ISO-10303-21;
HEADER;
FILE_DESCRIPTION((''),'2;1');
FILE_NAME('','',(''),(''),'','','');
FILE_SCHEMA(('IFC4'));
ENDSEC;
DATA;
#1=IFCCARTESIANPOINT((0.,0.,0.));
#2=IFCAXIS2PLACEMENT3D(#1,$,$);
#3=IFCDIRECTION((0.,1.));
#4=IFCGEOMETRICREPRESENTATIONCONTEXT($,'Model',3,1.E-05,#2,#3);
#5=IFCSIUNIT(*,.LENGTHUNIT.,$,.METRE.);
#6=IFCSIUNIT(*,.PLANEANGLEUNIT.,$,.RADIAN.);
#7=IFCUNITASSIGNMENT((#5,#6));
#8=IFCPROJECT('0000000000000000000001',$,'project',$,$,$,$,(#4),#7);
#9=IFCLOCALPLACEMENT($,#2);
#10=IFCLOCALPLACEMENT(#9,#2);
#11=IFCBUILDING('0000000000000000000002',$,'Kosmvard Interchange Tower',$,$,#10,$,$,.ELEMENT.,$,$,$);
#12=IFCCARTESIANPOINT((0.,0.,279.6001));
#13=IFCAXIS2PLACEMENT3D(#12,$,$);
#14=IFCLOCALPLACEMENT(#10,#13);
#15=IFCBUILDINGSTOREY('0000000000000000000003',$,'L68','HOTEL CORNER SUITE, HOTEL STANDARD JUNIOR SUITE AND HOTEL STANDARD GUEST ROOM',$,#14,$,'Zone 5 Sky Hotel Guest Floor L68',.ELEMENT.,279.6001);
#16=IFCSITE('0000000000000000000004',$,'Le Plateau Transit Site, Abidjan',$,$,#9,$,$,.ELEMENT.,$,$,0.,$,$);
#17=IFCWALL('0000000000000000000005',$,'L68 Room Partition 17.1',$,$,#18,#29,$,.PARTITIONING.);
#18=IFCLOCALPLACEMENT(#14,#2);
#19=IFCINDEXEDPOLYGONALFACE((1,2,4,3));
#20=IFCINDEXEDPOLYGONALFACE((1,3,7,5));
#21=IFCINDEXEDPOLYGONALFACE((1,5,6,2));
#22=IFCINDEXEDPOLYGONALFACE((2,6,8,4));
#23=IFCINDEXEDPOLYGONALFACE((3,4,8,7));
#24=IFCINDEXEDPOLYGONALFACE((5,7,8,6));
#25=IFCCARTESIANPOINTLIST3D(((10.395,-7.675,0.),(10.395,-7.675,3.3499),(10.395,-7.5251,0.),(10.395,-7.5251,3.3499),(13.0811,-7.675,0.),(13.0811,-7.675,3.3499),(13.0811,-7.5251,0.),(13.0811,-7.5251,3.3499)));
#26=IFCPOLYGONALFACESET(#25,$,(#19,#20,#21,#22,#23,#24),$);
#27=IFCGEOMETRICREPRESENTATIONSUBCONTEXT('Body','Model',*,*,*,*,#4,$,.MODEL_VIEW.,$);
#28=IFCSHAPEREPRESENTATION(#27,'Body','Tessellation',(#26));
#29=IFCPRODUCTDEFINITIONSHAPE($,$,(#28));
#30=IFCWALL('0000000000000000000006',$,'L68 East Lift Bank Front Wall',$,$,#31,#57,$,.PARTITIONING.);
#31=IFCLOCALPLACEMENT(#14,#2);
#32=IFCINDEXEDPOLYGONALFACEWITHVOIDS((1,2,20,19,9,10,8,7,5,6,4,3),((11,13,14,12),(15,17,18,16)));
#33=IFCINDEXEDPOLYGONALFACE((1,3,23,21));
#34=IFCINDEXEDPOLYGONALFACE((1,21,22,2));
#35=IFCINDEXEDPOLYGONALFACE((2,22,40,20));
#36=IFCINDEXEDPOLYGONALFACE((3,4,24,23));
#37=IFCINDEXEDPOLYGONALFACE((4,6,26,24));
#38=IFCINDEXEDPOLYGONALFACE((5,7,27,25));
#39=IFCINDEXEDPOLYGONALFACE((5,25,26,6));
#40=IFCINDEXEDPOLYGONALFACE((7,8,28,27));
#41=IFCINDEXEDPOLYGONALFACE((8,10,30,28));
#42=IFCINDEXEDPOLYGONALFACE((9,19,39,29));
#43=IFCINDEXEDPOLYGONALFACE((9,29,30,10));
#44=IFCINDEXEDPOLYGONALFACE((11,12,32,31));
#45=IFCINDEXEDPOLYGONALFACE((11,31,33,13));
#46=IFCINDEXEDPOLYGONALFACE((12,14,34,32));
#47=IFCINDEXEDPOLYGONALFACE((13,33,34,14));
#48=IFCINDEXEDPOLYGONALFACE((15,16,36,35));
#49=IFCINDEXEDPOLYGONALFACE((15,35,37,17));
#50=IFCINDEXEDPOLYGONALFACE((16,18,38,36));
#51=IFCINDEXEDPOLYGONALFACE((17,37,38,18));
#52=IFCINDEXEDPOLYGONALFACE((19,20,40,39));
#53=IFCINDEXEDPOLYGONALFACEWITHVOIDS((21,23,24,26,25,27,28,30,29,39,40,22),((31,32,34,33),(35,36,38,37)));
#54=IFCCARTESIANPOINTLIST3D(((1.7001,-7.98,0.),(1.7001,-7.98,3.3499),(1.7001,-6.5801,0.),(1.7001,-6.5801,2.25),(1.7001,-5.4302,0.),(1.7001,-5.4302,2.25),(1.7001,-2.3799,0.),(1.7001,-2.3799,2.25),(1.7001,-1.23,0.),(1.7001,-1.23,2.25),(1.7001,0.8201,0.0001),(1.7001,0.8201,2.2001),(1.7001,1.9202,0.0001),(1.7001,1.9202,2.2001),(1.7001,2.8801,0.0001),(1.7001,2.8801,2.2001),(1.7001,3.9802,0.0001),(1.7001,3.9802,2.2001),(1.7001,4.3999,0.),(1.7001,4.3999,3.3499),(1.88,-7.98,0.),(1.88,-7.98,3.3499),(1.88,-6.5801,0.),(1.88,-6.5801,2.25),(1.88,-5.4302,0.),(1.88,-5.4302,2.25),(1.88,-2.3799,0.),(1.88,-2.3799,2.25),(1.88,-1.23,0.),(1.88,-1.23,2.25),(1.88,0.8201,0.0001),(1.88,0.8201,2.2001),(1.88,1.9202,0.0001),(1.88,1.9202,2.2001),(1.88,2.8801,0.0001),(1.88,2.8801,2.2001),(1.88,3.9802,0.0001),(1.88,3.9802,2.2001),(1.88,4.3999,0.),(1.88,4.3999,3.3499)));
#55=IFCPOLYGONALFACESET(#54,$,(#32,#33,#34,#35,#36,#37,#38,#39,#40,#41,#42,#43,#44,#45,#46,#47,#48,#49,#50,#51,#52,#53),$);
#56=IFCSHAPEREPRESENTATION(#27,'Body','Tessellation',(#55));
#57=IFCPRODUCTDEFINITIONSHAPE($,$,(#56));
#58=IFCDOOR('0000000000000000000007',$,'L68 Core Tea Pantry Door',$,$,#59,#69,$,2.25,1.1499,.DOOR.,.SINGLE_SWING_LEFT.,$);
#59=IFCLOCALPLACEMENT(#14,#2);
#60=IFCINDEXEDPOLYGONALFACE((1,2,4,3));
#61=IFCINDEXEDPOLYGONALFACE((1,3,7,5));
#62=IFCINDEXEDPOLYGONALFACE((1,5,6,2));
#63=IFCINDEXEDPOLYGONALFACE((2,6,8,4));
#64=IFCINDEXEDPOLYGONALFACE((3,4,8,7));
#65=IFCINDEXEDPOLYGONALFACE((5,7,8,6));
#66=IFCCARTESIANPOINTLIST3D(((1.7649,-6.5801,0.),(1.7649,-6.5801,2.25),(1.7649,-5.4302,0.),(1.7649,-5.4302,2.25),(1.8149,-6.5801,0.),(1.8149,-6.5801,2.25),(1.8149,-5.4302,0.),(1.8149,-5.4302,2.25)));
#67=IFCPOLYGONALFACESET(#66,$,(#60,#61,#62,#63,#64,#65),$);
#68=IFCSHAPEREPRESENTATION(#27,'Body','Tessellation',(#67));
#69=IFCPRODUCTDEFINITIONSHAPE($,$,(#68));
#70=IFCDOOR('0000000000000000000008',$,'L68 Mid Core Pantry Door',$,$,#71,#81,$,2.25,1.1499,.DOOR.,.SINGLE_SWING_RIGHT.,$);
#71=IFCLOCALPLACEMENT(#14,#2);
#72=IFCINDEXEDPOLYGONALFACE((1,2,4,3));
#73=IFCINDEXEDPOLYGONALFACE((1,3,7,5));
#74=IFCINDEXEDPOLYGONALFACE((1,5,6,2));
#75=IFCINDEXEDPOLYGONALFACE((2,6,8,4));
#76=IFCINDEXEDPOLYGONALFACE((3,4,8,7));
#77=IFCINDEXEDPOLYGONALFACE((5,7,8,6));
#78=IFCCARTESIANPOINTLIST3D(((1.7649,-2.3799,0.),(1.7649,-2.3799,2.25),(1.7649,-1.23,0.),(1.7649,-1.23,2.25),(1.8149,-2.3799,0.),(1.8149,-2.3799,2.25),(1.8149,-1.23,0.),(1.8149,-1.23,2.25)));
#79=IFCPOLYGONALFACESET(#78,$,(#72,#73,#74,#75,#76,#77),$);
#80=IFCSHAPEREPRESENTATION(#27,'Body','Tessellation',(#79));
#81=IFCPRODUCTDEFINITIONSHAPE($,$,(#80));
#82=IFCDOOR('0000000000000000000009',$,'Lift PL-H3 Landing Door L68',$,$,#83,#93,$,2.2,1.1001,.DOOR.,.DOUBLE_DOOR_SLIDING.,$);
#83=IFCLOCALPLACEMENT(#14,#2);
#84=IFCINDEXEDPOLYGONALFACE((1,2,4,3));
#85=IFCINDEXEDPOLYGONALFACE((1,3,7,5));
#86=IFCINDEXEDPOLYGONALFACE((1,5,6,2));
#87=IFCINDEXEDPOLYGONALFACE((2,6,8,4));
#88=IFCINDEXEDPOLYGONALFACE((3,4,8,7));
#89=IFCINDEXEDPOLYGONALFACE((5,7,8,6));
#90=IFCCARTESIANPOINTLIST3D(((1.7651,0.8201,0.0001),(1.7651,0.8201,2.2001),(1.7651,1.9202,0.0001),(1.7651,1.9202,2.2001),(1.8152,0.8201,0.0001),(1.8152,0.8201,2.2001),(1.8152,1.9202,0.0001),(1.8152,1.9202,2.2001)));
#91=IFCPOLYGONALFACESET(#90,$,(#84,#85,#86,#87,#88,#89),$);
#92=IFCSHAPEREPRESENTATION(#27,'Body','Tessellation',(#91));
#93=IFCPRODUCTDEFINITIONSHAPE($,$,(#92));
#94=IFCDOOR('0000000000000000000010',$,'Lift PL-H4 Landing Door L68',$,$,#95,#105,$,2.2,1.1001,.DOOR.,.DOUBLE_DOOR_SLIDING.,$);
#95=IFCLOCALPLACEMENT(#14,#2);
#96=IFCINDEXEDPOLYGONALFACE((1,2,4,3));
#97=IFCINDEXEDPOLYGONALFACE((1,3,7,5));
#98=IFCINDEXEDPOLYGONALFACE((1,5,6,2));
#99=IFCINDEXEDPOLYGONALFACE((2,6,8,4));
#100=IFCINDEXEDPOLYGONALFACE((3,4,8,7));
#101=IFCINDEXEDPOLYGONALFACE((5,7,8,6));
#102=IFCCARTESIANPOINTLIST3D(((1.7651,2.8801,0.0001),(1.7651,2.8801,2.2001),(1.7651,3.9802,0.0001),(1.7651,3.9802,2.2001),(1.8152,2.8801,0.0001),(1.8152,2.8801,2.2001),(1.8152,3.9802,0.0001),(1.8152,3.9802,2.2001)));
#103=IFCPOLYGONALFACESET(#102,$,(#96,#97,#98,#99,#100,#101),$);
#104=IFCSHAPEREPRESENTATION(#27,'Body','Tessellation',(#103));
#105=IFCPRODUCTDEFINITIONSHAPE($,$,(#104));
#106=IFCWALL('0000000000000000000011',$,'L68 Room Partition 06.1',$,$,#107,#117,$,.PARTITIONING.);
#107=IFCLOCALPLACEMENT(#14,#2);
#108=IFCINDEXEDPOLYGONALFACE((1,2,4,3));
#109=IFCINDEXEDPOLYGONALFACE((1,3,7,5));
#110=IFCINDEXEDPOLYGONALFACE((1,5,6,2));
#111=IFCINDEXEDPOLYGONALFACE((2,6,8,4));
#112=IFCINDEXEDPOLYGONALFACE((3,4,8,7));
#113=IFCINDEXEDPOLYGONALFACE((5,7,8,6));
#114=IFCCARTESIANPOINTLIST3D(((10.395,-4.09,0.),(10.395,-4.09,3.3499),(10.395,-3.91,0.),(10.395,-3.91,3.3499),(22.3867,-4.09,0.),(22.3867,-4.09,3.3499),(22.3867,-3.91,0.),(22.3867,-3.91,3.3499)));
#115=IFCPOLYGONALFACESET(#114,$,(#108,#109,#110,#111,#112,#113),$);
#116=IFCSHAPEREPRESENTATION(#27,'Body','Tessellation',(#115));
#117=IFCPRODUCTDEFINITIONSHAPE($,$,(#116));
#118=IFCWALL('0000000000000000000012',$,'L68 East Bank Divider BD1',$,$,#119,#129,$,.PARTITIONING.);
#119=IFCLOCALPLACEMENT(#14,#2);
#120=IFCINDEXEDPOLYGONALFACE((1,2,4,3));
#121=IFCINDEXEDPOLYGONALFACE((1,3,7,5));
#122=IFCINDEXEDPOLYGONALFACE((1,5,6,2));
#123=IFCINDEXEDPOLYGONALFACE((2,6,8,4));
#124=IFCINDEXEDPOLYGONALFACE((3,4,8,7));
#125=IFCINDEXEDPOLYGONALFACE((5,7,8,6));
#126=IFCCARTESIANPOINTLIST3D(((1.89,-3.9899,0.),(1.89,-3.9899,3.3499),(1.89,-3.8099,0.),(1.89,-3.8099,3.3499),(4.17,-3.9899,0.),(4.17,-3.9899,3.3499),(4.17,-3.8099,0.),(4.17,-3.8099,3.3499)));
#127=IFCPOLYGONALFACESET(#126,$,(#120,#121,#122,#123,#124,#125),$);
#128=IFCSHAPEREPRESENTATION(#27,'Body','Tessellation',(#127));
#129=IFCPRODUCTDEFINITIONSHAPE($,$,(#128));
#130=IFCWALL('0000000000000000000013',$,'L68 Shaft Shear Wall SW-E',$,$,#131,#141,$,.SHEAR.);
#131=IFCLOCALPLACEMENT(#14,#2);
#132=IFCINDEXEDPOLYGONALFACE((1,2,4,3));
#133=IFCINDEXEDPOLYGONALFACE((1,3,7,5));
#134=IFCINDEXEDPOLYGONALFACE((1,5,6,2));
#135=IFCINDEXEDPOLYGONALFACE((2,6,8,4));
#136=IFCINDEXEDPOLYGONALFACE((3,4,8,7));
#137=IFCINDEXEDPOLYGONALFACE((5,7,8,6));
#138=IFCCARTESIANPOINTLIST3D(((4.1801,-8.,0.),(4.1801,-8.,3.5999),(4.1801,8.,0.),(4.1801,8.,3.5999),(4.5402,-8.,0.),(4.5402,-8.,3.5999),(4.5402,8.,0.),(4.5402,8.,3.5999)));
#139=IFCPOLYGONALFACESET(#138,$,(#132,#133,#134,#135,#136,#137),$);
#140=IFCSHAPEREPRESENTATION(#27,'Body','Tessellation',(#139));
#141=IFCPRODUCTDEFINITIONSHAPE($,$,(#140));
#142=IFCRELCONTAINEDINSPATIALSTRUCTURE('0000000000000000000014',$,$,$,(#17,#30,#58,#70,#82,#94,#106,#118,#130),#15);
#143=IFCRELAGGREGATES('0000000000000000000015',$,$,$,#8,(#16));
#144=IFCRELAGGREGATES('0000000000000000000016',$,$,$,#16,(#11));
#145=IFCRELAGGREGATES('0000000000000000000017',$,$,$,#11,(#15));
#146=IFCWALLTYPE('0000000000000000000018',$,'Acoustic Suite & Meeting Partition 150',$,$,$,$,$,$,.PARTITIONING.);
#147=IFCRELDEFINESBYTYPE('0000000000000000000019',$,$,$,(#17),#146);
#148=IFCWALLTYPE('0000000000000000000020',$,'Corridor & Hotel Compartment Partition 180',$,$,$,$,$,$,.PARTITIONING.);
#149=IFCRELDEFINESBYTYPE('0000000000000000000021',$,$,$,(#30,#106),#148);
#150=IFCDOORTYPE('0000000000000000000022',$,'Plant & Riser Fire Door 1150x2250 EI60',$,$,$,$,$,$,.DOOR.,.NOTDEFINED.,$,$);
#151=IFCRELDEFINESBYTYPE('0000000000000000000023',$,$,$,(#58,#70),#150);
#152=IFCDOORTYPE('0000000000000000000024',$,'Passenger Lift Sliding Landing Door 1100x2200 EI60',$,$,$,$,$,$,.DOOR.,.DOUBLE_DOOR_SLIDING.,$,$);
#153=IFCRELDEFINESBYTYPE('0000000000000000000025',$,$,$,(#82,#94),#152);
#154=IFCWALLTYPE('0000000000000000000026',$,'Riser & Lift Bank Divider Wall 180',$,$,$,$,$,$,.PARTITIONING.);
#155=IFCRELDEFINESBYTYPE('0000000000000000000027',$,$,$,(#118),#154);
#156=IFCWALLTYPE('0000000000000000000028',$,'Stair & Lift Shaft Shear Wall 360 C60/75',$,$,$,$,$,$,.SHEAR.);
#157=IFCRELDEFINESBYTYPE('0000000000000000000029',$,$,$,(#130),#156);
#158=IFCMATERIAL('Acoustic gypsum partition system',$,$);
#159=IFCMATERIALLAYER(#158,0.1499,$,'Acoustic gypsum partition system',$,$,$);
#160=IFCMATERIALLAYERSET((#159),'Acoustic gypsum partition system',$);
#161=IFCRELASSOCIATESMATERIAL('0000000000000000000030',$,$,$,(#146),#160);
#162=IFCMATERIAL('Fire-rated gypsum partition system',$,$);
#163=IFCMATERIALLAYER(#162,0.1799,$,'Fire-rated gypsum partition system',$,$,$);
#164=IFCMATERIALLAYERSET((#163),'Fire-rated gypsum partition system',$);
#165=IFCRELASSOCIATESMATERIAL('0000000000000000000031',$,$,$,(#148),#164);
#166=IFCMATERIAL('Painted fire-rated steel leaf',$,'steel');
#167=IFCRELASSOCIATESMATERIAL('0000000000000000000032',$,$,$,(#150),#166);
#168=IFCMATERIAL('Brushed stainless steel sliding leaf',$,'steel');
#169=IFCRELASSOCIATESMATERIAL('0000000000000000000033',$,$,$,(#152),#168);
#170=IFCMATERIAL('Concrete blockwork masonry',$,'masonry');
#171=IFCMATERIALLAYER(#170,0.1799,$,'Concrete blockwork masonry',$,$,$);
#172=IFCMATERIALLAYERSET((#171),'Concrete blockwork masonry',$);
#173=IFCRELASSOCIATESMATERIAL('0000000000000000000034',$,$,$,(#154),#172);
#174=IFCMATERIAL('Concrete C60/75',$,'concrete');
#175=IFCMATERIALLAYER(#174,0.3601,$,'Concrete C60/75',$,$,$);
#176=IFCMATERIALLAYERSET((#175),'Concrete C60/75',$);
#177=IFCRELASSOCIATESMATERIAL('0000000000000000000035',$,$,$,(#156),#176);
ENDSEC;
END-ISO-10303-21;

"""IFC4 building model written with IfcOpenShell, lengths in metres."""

from ifc_helpers import new_model, si_unit, direction, frame, frame_2d, origin, place, context, subcontext, project, spatial, rectangle, extrude, source, transform, mapped, material, layer, layer_set, type_object, element, fill, save


model = new_model("IFC4")

# Units and contexts
model_context = context("Model", 3, precision=1e-05, world=origin(), true_north=direction((0.0, 1.0)))
body_context = subcontext(model_context, "Body", "Model", "MODEL_VIEW")
ifc_project = project(units=[si_unit("LENGTHUNIT", "METRE"), si_unit("PLANEANGLEUNIT", "RADIAN")], contexts=[model_context])

# Site, building, storey
site_placement = place(None, origin())
site = spatial("IfcSite", under=ifc_project, at=site_placement, Name="Le Plateau Transit Site, Abidjan", CompositionType="ELEMENT", RefElevation=0.0)
building_placement = place(site_placement, origin())
building = spatial("IfcBuilding", under=site, at=building_placement, Name="Kosmvard Interchange Tower", CompositionType="ELEMENT")
storey_placement = place(building_placement, frame((0.0, 0.0, 279.6001)))
storey = spatial("IfcBuildingStorey", under=building, at=storey_placement, Name="L68", Description="HOTEL CORNER SUITE, HOTEL STANDARD JUNIOR SUITE AND HOTEL STANDARD GUEST ROOM", LongName="Zone 5 Sky Hotel Guest Floor L68", CompositionType="ELEMENT", Elevation=279.6001)

# Wall
ifc_material_1 = material(Name="Acoustic gypsum partition system")
ifc_layer_1 = layer(ifc_material_1, 0.1499, Name="Acoustic gypsum partition system")
ifc_layer_set_1 = layer_set([ifc_layer_1], Name="Acoustic gypsum partition system")
wall_type_1 = type_object("IfcWallType", Name="Acoustic Suite & Meeting Partition 150", PredefinedType="PARTITIONING", material=ifc_layer_set_1)
wall_1_placement = place(storey_placement, frame((10.395, -7.6001, 0.0), z_axis=(0.0, 0.0, 1.0), x_axis=(1.0, 0.0, 0.0)))
element("IfcWall", 1, at=wall_1_placement, inside=storey, type_object=wall_type_1, Name="L68 Room Partition 17.1", PredefinedType="PARTITIONING", context=body_context, shape_type="SweptSolid", body=[
    extrude(rectangle(XDim=2.686, YDim=0.1499, at=frame_2d((1.343, 0.0))), origin(), (0.0, 0.0, 1.0), 3.3499),
])

# Wall, openings, doors
ifc_material_2 = material(Name="Fire-rated gypsum partition system")
ifc_layer_2 = layer(ifc_material_2, 0.1799, Name="Fire-rated gypsum partition system")
ifc_layer_set_2 = layer_set([ifc_layer_2], Name="Fire-rated gypsum partition system")
wall_type_2 = type_object("IfcWallType", Name="Corridor & Hotel Compartment Partition 180", PredefinedType="PARTITIONING", material=ifc_layer_set_2)
wall_2_placement = place(storey_placement, frame((1.79, -7.98, 0.0), z_axis=(0.0, 0.0, 1.0), x_axis=(0.0, 1.0, 0.0)))
wall_2 = element("IfcWall", 2, at=wall_2_placement, inside=storey, type_object=wall_type_2, Name="L68 East Lift Bank Front Wall", PredefinedType="PARTITIONING", context=body_context, shape_type="SweptSolid", body=[
    extrude(rectangle(XDim=12.3799, YDim=0.1799, at=frame_2d((6.1899, 0.0))), origin(), (0.0, 0.0, 1.0), 3.3499),
])
opening_1_placement = place(wall_2_placement, frame((8.8, 0.0, 0.0)))
opening_1 = element("IfcOpeningElement", 3, at=opening_1_placement, cuts=wall_2, PredefinedType="OPENING", context=body_context, shape_type="SweptSolid", body=[
    extrude(rectangle(XDim=1.1001, YDim=2.2, at=frame_2d((0.55, 1.1001))), frame((0.0, 0.1001, 0.0), z_axis=(0.0, -1.0, 0.0), x_axis=(1.0, 0.0, 0.0)), (0.0, 0.0, 1.0), 0.2),
])
opening_2_placement = place(wall_2_placement, frame((10.8601, 0.0, 0.0)))
opening_2 = element("IfcOpeningElement", 4, at=opening_2_placement, cuts=wall_2, PredefinedType="OPENING", context=body_context, shape_type="SweptSolid", body=[
    extrude(rectangle(XDim=1.1001, YDim=2.2, at=frame_2d((0.55, 1.1001))), frame((0.0, 0.1001, 0.0), z_axis=(0.0, -1.0, 0.0), x_axis=(1.0, 0.0, 0.0)), (0.0, 0.0, 1.0), 0.2),
])
opening_3_placement = place(wall_2_placement, frame((1.3999, 0.0, 0.0)))
opening_3 = element("IfcOpeningElement", 5, at=opening_3_placement, cuts=wall_2, PredefinedType="OPENING", context=body_context, shape_type="SweptSolid", body=[
    extrude(rectangle(XDim=1.1499, YDim=2.25, at=frame_2d((0.575, 1.125))), frame((0.0, 0.1001, 0.0), z_axis=(0.0, -1.0, 0.0), x_axis=(1.0, 0.0, 0.0)), (0.0, 0.0, 1.0), 0.2),
])
opening_4_placement = place(wall_2_placement, frame((5.6001, 0.0, 0.0)))
opening_4 = element("IfcOpeningElement", 6, at=opening_4_placement, cuts=wall_2, PredefinedType="OPENING", context=body_context, shape_type="SweptSolid", body=[
    extrude(rectangle(XDim=1.1499, YDim=2.25, at=frame_2d((0.575, 1.125))), frame((0.0, 0.1001, 0.0), z_axis=(0.0, -1.0, 0.0), x_axis=(1.0, 0.0, 0.0)), (0.0, 0.0, 1.0), 0.2),
])
ifc_material_3 = material(Name="Painted fire-rated steel leaf", Category="steel")
door_type_1 = type_object("IfcDoorType", Name="Plant & Riser Fire Door 1150x2250 EI60", OperationType="NOTDEFINED", PredefinedType="DOOR", material=ifc_material_3)
shared_shape_1 = source(origin(), body_context, "Body", "SweptSolid", [
    extrude(rectangle(XDim=1.1499, YDim=2.25, at=frame_2d((0.575, 1.125))), frame((0.0, 0.0249, 0.0), z_axis=(0.0, -1.0, 0.0), x_axis=(1.0, 0.0, 0.0)), (0.0, 0.0, 1.0), 0.05),
])
door_1_placement = place(opening_3_placement, frame((1.1499, 0.0, 0.0), z_axis=(0.0, 0.0, 1.0), x_axis=(-1.0, 0.0, 0.0)))
door_1 = element("IfcDoor", 7, at=door_1_placement, inside=storey, type_object=door_type_1, Name="L68 Core Tea Pantry Door", OperationType="SINGLE_SWING_LEFT", OverallHeight=2.25, OverallWidth=1.1499, PredefinedType="DOOR", context=body_context, shape_type="MappedRepresentation", body=[
    mapped(shared_shape_1, transform((0.0, 0.0, 0.0), scale=1.0)),
])
fill(opening_3, door_1)
door_2_placement = place(opening_4_placement, frame((1.1499, 0.0, 0.0), z_axis=(0.0, 0.0, 1.0), x_axis=(-1.0, 0.0, 0.0)))
door_2 = element("IfcDoor", 8, at=door_2_placement, inside=storey, type_object=door_type_1, Name="L68 Mid Core Pantry Door", OperationType="SINGLE_SWING_RIGHT", OverallHeight=2.25, OverallWidth=1.1499, PredefinedType="DOOR", context=body_context, shape_type="MappedRepresentation", body=[
    mapped(shared_shape_1, transform((0.0, 0.0, 0.0), scale=1.0)),
])
fill(opening_4, door_2)
ifc_material_4 = material(Name="Brushed stainless steel sliding leaf", Category="steel")
door_type_2 = type_object("IfcDoorType", Name="Passenger Lift Sliding Landing Door 1100x2200 EI60", OperationType="DOUBLE_DOOR_SLIDING", PredefinedType="DOOR", material=ifc_material_4)
shared_shape_2 = source(origin(), body_context, "Body", "SweptSolid", [
    extrude(rectangle(XDim=1.1001, YDim=2.2, at=frame_2d((0.55, 1.1001))), frame((0.0, 0.0249, 0.0), z_axis=(0.0, -1.0, 0.0), x_axis=(1.0, 0.0, 0.0)), (0.0, 0.0, 1.0), 0.05),
])
door_3_placement = place(opening_1_placement, origin())
door_3 = element("IfcDoor", 9, at=door_3_placement, inside=storey, type_object=door_type_2, Name="Lift PL-H3 Landing Door L68", OperationType="DOUBLE_DOOR_SLIDING", OverallHeight=2.2, OverallWidth=1.1001, PredefinedType="DOOR", context=body_context, shape_type="MappedRepresentation", body=[
    mapped(shared_shape_2, transform((0.0, 0.0, 0.0), scale=1.0)),
])
fill(opening_1, door_3)
door_4_placement = place(opening_2_placement, origin())
door_4 = element("IfcDoor", 10, at=door_4_placement, inside=storey, type_object=door_type_2, Name="Lift PL-H4 Landing Door L68", OperationType="DOUBLE_DOOR_SLIDING", OverallHeight=2.2, OverallWidth=1.1001, PredefinedType="DOOR", context=body_context, shape_type="MappedRepresentation", body=[
    mapped(shared_shape_2, transform((0.0, 0.0, 0.0), scale=1.0)),
])
fill(opening_2, door_4)

# Walls
wall_3_placement = place(storey_placement, frame((10.395, -4.0, 0.0), z_axis=(0.0, 0.0, 1.0), x_axis=(1.0, 0.0, 0.0)))
element("IfcWall", 11, at=wall_3_placement, inside=storey, type_object=wall_type_2, Name="L68 Room Partition 06.1", PredefinedType="PARTITIONING", context=body_context, shape_type="SweptSolid", body=[
    extrude(rectangle(XDim=11.9917, YDim=0.1799, at=frame_2d((5.9958, 0.0))), origin(), (0.0, 0.0, 1.0), 3.3499),
])
ifc_material_5 = material(Name="Concrete blockwork masonry", Category="masonry")
ifc_layer_3 = layer(ifc_material_5, 0.1799, Name="Concrete blockwork masonry")
ifc_layer_set_3 = layer_set([ifc_layer_3], Name="Concrete blockwork masonry")
wall_type_3 = type_object("IfcWallType", Name="Riser & Lift Bank Divider Wall 180", PredefinedType="PARTITIONING", material=ifc_layer_set_3)
wall_4_placement = place(storey_placement, frame((1.8899, -3.8999, 0.0), z_axis=(0.0, 0.0, 1.0), x_axis=(1.0, 0.0, 0.0)))
element("IfcWall", 12, at=wall_4_placement, inside=storey, type_object=wall_type_3, Name="L68 East Bank Divider BD1", PredefinedType="PARTITIONING", context=body_context, shape_type="SweptSolid", body=[
    extrude(rectangle(XDim=2.28, YDim=0.1799, at=frame_2d((1.1401, 0.0))), origin(), (0.0, 0.0, 1.0), 3.3499),
])
ifc_material_6 = material(Name="Concrete C60/75", Category="concrete")
ifc_layer_4 = layer(ifc_material_6, 0.3601, Name="Concrete C60/75")
ifc_layer_set_4 = layer_set([ifc_layer_4], Name="Concrete C60/75")
wall_type_4 = type_object("IfcWallType", Name="Stair & Lift Shaft Shear Wall 360 C60/75", PredefinedType="SHEAR", material=ifc_layer_set_4)
wall_5_placement = place(storey_placement, frame((4.3601, -8.0, 0.0), z_axis=(0.0, 0.0, 1.0), x_axis=(0.0, 1.0, 0.0)))
element("IfcWall", 13, at=wall_5_placement, inside=storey, type_object=wall_type_4, Name="L68 Shaft Shear Wall SW-E", PredefinedType="SHEAR", context=body_context, shape_type="SweptSolid", body=[
    extrude(rectangle(XDim=16.0, YDim=0.3601, at=frame_2d((8.0, 0.0))), origin(), (0.0, 0.0, 1.0), 3.5999),
])

save(model, "model.ifc")
